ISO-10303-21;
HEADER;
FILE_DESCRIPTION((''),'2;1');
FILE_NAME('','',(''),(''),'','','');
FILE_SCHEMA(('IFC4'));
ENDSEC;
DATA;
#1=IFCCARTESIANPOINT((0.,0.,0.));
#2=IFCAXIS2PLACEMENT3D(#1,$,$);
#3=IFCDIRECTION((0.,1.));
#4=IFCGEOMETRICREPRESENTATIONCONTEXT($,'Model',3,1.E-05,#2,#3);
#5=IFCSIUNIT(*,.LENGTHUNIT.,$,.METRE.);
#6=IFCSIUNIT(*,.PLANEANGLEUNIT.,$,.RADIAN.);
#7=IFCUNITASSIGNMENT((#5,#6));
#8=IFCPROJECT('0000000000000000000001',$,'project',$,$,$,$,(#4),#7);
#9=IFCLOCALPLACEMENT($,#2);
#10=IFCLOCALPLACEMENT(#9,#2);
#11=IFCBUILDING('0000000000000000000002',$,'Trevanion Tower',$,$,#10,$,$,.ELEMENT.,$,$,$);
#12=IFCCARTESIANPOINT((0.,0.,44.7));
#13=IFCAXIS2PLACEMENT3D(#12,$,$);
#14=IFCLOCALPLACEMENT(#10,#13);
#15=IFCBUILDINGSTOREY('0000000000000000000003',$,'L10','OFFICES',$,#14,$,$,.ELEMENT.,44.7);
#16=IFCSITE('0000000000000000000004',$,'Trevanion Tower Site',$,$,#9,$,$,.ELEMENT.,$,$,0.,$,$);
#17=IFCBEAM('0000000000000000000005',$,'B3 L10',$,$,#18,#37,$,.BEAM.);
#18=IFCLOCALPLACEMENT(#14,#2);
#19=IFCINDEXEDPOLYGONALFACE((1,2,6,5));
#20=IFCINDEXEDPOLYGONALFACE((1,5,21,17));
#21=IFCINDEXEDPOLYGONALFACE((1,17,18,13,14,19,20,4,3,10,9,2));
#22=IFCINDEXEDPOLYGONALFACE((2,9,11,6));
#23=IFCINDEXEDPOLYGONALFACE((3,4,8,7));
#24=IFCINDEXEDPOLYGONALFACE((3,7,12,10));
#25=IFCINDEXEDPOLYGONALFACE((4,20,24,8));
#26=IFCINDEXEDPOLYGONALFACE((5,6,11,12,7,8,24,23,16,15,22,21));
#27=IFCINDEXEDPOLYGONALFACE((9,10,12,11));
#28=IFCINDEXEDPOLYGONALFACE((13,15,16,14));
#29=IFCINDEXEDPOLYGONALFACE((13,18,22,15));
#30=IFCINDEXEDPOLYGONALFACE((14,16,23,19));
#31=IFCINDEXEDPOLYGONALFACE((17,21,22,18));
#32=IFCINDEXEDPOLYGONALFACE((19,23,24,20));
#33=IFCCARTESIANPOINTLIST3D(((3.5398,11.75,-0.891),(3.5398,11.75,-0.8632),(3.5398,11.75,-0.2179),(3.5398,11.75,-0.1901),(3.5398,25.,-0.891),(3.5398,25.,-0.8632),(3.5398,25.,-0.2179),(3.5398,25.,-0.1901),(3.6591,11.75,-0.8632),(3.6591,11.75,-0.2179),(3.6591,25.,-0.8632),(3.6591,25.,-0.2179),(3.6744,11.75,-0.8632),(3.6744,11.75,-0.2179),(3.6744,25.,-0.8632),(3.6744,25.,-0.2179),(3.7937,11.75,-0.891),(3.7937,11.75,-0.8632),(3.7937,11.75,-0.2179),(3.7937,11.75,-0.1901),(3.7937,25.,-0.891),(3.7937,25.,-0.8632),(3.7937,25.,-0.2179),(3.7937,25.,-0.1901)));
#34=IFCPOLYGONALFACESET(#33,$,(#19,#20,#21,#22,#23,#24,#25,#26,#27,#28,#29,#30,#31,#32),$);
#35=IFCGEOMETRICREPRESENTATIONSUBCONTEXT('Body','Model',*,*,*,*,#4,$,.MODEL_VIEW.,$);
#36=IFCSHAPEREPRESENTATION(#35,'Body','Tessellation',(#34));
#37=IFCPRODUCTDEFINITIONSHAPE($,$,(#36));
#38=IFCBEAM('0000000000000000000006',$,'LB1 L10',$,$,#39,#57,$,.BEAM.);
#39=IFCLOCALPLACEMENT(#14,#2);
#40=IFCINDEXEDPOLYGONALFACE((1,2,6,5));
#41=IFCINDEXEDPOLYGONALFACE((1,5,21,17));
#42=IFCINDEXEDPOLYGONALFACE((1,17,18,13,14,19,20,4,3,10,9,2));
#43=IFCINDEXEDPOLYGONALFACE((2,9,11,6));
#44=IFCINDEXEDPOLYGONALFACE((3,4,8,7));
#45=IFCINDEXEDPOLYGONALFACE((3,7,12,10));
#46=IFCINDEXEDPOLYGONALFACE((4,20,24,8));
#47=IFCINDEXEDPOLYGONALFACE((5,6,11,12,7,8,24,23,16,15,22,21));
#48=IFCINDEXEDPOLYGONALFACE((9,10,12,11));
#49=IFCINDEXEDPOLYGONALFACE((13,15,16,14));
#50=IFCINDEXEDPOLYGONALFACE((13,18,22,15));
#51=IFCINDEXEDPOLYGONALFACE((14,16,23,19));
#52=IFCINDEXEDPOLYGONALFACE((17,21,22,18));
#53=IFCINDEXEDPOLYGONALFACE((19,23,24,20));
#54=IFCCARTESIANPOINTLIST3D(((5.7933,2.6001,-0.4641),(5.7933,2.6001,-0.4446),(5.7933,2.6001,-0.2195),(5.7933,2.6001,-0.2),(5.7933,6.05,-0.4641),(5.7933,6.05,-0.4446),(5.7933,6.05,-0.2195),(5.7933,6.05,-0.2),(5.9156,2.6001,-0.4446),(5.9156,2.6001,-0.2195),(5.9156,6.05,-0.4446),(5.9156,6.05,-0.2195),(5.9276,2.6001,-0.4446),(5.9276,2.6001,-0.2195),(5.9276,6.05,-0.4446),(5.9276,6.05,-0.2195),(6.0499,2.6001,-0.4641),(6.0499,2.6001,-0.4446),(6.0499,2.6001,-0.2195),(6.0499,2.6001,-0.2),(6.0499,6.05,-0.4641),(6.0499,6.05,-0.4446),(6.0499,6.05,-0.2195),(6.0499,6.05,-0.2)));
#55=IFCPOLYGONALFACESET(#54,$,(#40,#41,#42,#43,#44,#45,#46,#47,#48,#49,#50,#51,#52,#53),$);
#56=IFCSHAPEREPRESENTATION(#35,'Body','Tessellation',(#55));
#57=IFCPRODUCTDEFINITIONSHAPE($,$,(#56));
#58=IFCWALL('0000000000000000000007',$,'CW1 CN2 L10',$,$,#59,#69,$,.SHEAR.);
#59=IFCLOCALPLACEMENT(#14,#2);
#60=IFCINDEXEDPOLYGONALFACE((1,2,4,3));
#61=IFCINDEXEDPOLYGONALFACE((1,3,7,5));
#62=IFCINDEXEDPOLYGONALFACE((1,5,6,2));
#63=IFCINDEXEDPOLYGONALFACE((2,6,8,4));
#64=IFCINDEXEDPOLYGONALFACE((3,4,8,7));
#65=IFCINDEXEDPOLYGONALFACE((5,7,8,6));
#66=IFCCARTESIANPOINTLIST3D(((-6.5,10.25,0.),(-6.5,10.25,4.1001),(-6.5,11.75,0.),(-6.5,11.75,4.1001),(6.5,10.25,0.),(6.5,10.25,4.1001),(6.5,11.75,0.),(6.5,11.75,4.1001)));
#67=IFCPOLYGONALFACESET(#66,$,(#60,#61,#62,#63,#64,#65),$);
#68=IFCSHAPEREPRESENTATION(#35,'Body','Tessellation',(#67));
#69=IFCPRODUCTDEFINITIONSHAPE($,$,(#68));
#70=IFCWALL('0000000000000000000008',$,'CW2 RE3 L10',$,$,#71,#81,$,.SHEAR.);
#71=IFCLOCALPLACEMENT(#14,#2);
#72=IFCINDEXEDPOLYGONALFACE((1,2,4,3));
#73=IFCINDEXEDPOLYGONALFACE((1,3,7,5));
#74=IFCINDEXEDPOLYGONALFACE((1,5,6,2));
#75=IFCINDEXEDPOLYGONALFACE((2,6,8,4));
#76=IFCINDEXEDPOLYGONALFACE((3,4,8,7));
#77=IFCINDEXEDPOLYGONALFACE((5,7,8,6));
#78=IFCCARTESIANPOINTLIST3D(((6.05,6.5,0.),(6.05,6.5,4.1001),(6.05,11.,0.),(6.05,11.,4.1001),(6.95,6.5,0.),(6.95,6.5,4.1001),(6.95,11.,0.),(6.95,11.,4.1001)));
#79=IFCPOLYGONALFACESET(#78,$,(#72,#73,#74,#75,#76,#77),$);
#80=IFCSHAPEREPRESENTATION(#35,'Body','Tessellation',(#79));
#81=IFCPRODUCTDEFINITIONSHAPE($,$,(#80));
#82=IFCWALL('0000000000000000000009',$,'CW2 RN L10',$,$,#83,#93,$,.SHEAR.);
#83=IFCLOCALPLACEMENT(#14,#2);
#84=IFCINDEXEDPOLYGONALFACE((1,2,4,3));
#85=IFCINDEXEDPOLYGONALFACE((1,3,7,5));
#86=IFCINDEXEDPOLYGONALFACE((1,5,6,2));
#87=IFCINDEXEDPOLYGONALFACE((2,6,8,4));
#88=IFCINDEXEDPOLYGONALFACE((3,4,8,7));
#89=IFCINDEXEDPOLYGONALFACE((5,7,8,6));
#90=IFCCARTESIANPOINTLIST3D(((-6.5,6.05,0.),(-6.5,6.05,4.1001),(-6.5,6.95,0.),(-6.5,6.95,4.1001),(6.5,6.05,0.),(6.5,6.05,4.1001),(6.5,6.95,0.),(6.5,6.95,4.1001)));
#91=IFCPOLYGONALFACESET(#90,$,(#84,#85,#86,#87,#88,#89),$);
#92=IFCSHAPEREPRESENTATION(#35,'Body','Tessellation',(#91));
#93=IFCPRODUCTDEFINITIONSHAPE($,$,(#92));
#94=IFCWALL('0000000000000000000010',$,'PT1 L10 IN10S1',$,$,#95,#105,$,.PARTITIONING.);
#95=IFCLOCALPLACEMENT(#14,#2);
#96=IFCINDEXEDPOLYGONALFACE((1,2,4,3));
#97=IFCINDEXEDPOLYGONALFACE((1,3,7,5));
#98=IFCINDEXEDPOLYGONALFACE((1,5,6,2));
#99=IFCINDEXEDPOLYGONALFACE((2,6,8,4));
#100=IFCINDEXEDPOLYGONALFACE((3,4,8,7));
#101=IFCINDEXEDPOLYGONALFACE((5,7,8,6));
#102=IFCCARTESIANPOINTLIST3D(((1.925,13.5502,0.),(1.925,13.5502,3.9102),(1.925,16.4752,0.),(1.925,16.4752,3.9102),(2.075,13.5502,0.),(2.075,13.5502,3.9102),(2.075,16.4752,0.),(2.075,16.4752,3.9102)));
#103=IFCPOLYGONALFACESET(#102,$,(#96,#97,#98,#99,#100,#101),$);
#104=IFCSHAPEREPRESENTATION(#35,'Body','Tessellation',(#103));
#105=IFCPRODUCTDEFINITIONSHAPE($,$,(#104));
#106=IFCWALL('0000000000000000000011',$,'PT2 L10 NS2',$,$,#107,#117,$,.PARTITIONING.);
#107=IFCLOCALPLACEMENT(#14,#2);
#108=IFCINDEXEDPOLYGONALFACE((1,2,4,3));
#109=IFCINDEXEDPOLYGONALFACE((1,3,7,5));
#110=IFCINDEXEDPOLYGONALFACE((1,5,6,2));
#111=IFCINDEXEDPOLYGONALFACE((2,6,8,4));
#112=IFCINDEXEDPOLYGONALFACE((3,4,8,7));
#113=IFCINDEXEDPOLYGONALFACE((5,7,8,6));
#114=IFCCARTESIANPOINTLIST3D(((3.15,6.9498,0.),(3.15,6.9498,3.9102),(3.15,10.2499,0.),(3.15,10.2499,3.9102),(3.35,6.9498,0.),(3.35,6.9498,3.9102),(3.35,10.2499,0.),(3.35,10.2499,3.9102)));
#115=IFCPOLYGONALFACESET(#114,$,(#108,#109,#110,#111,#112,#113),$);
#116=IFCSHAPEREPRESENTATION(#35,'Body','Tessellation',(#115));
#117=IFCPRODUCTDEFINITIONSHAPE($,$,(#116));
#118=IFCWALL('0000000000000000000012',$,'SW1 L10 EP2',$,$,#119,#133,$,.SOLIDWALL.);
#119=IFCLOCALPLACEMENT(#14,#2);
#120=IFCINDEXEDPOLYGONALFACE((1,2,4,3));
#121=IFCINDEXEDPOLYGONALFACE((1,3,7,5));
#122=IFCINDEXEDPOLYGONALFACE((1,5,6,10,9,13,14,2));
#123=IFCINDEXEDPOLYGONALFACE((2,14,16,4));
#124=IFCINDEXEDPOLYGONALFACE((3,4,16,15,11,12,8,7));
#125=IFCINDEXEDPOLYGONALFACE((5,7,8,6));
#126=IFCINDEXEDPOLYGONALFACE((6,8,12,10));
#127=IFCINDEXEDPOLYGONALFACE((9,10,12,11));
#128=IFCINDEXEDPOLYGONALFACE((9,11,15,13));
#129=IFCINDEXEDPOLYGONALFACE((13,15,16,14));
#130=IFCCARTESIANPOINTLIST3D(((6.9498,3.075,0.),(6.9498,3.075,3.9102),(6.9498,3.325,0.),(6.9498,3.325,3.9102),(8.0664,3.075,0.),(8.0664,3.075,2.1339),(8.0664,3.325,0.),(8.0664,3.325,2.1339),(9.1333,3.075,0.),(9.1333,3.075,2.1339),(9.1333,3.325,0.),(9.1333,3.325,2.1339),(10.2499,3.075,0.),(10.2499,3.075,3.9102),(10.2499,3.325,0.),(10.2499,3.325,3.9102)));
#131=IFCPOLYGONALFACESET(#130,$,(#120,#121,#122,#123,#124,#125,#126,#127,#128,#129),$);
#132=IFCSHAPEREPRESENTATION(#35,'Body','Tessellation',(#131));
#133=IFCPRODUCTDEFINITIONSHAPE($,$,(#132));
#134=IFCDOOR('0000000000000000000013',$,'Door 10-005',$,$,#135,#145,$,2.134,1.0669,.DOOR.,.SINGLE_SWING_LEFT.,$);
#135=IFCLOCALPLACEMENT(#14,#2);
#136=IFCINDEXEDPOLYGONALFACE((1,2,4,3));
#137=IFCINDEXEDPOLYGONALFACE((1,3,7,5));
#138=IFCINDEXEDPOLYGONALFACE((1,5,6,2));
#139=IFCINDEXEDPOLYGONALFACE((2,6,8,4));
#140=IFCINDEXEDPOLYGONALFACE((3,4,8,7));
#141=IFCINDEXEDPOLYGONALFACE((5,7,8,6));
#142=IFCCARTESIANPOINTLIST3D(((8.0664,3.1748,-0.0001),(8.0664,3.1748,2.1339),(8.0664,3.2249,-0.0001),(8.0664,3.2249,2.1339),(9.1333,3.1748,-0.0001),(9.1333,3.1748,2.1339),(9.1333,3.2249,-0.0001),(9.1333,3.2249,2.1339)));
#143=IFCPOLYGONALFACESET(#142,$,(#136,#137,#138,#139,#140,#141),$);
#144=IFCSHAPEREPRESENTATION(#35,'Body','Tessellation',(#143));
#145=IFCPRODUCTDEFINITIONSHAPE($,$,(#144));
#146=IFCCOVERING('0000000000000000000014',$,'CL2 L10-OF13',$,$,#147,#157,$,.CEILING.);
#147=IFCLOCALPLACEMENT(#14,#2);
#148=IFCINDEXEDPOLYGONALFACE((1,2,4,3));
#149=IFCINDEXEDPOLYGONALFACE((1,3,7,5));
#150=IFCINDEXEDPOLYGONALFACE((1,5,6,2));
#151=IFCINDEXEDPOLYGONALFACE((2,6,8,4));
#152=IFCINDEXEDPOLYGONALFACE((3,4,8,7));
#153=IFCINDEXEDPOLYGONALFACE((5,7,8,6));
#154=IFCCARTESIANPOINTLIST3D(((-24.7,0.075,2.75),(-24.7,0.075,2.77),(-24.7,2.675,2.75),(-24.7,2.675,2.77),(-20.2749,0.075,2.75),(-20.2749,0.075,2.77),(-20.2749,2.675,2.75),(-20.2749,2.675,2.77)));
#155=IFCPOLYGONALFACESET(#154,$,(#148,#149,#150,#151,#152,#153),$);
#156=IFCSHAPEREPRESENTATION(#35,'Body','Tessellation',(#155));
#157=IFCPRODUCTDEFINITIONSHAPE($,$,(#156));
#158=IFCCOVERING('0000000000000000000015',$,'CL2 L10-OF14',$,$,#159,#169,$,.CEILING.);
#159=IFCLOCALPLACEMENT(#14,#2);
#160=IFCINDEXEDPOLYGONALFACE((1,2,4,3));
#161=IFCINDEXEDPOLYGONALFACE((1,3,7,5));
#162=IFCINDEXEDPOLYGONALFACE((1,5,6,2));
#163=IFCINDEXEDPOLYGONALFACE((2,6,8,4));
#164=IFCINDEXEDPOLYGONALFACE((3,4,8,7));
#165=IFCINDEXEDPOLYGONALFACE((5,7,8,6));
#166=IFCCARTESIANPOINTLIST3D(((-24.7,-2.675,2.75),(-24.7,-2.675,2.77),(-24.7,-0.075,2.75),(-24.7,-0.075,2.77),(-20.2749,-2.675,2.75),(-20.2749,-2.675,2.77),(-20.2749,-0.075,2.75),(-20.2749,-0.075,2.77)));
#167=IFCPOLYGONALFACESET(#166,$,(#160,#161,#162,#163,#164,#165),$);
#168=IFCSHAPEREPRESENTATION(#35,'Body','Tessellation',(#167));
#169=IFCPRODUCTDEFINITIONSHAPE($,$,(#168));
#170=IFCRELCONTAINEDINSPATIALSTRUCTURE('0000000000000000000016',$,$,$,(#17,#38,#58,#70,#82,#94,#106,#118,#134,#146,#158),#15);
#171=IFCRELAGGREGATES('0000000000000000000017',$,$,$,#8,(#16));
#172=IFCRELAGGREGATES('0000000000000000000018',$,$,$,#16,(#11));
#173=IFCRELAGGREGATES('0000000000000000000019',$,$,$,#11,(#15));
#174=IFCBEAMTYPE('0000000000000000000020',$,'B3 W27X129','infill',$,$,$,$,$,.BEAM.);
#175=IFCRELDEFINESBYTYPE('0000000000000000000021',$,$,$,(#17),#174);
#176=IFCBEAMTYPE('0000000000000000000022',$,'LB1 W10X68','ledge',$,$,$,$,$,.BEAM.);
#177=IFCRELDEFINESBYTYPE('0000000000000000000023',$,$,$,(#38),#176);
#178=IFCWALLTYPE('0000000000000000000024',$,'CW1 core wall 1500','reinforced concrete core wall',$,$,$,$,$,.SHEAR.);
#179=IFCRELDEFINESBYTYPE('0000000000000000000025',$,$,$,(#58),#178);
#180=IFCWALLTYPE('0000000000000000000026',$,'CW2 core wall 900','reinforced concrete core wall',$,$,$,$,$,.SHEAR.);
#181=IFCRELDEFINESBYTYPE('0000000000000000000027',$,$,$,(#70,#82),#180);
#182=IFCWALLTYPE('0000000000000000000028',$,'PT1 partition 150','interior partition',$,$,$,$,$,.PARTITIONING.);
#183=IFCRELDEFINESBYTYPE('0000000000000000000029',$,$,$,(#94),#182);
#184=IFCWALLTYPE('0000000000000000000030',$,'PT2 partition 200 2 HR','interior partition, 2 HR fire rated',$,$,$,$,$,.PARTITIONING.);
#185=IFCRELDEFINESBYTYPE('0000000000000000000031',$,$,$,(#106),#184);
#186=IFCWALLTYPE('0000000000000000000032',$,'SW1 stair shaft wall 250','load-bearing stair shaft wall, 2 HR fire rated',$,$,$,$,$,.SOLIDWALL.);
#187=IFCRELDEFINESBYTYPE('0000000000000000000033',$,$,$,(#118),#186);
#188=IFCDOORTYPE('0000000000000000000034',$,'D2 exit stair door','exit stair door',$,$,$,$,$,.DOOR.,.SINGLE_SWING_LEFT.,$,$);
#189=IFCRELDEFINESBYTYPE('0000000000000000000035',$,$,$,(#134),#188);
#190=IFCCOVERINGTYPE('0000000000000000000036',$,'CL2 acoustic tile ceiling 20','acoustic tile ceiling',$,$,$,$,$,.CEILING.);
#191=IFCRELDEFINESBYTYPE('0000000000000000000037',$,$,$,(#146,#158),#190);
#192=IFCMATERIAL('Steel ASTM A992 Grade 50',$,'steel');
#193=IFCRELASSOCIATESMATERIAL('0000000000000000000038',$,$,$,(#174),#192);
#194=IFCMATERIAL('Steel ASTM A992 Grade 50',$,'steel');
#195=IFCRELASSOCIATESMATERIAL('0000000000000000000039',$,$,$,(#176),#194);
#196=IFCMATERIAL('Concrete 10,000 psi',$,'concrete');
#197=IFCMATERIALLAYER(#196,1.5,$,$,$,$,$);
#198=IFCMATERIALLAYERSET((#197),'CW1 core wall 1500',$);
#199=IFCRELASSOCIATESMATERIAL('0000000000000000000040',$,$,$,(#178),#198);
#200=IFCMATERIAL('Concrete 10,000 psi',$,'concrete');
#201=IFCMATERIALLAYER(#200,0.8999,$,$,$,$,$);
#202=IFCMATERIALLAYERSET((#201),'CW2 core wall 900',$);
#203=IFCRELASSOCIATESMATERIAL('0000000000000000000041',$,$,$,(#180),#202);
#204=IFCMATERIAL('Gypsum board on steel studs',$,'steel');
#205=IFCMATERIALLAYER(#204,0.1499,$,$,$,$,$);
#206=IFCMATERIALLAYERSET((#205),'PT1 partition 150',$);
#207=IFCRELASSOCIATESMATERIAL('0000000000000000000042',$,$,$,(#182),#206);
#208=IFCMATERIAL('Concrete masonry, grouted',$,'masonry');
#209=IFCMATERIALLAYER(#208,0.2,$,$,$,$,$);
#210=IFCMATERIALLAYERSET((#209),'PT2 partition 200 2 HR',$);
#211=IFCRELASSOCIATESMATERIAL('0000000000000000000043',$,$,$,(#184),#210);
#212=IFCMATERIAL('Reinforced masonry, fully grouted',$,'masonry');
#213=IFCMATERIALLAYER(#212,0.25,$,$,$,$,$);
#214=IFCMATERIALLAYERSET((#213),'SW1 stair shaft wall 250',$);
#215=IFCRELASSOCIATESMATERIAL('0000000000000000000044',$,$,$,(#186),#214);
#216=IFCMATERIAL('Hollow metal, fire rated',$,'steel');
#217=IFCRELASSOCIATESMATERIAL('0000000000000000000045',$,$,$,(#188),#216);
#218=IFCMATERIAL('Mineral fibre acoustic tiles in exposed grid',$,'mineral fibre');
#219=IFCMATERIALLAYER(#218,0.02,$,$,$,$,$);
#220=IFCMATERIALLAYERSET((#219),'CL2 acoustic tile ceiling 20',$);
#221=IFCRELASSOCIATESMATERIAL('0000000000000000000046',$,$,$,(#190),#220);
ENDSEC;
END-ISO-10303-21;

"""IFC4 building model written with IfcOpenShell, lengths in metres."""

from ifc_helpers import new_model, si_unit, direction, frame, frame_2d, origin, origin_2d, place, context, subcontext, project, spatial, polyline, rectangle, i_section, outline, extrude, material, layer, layer_set, material_profile, profile_set, type_object, element, fill, save


model = new_model("IFC4")

# Units and contexts
model_context = context("Model", 3, precision=1e-05, world=origin(), true_north=direction((0.0, 1.0)))
body_context = subcontext(model_context, "Body", "Model", "MODEL_VIEW")
ifc_project = project(units=[si_unit("LENGTHUNIT", "METRE"), si_unit("PLANEANGLEUNIT", "RADIAN")], contexts=[model_context])

# Site, building, storey
site_placement = place(None, origin())
site = spatial("IfcSite", under=ifc_project, at=site_placement, Name="Trevanion Tower Site", CompositionType="ELEMENT", RefElevation=0.0)
building_placement = place(site_placement, origin())
building = spatial("IfcBuilding", under=site, at=building_placement, Name="Trevanion Tower", CompositionType="ELEMENT")
storey_placement = place(building_placement, frame((0.0, 0.0, 44.7)))
storey = spatial("IfcBuildingStorey", under=building, at=storey_placement, Name="L10", Description="OFFICES", CompositionType="ELEMENT", Elevation=44.7)

# Beams
ifc_material_1 = material(Name="Steel ASTM A992 Grade 50", Category="steel")
ifc_material_profile_1 = material_profile(ifc_material_1, i_section(OverallWidth=0.2539, OverallDepth=0.7009, WebThickness=0.0154, FlangeThickness=0.0278, at=origin_2d()), Name="W27X129")
ifc_profile_set_1 = profile_set([ifc_material_profile_1], Name="Steel ASTM A992 Grade 50")
beam_type_1 = type_object("IfcBeamType", Name="B3 W27X129", Description="infill", PredefinedType="BEAM", material=ifc_profile_set_1)
beam_1_placement = place(storey_placement, frame((3.6667, 11.75, -0.5405), z_axis=(0.0, 1.0, 0.0), x_axis=(-1.0, 0.0, 0.0)))
element("IfcBeam", 1, at=beam_1_placement, inside=storey, type_object=beam_type_1, Name="B3 L10", PredefinedType="BEAM", context=body_context, shape_type="SweptSolid", body=[
    extrude(i_section(OverallWidth=0.2539, OverallDepth=0.7009, WebThickness=0.0154, FlangeThickness=0.0278, at=origin_2d()), origin(), (0.0, 0.0, 1.0), 13.25),
])
ifc_material_2 = material(Name="Steel ASTM A992 Grade 50", Category="steel")
ifc_material_profile_2 = material_profile(ifc_material_2, i_section(OverallWidth=0.2566, OverallDepth=0.2642, WebThickness=0.012, FlangeThickness=0.0195, at=origin_2d()), Name="W10X68")
ifc_profile_set_2 = profile_set([ifc_material_profile_2], Name="Steel ASTM A992 Grade 50")
beam_type_2 = type_object("IfcBeamType", Name="LB1 W10X68", Description="ledge", PredefinedType="BEAM", material=ifc_profile_set_2)
beam_2_placement = place(storey_placement, frame((5.9216, 2.6001, -0.332), z_axis=(0.0, 1.0, 0.0), x_axis=(-1.0, 0.0, 0.0)))
element("IfcBeam", 2, at=beam_2_placement, inside=storey, type_object=beam_type_2, Name="LB1 L10", PredefinedType="BEAM", context=body_context, shape_type="SweptSolid", body=[
    extrude(i_section(OverallWidth=0.2566, OverallDepth=0.2642, WebThickness=0.012, FlangeThickness=0.0195, at=origin_2d()), origin(), (0.0, 0.0, 1.0), 3.45),
])

# Walls
ifc_material_3 = material(Name="Concrete 10,000 psi", Category="concrete")
ifc_layer_1 = layer(ifc_material_3, 1.5)
ifc_layer_set_1 = layer_set([ifc_layer_1], Name="CW1 core wall 1500")
wall_type_1 = type_object("IfcWallType", Name="CW1 core wall 1500", Description="reinforced concrete core wall", PredefinedType="SHEAR", material=ifc_layer_set_1)
wall_1_placement = place(storey_placement, frame((6.5, 11.0, 0.0), z_axis=(0.0, 0.0, 1.0), x_axis=(-1.0, 0.0, 0.0)))
element("IfcWall", 3, at=wall_1_placement, inside=storey, type_object=wall_type_1, Name="CW1 CN2 L10", PredefinedType="SHEAR", context=body_context, shape_type="SweptSolid", body=[
    extrude(rectangle(XDim=13.0, YDim=1.5, at=frame_2d((6.5, 0.0))), origin(), (0.0, 0.0, 1.0), 4.1001),
])
ifc_material_4 = material(Name="Concrete 10,000 psi", Category="concrete")
ifc_layer_2 = layer(ifc_material_4, 0.8999)
ifc_layer_set_2 = layer_set([ifc_layer_2], Name="CW2 core wall 900")
wall_type_2 = type_object("IfcWallType", Name="CW2 core wall 900", Description="reinforced concrete core wall", PredefinedType="SHEAR", material=ifc_layer_set_2)
wall_2_placement = place(storey_placement, frame((6.5, 6.5, 0.0), z_axis=(0.0, 0.0, 1.0), x_axis=(0.0, 1.0, 0.0)))
element("IfcWall", 4, at=wall_2_placement, inside=storey, type_object=wall_type_2, Name="CW2 RE3 L10", PredefinedType="SHEAR", context=body_context, shape_type="SweptSolid", body=[
    extrude(rectangle(XDim=4.5, YDim=0.8999, at=frame_2d((2.25, 0.0))), origin(), (0.0, 0.0, 1.0), 4.1001),
])
wall_3_placement = place(storey_placement, frame((6.5, 6.5, 0.0), z_axis=(0.0, 0.0, 1.0), x_axis=(-1.0, 0.0, 0.0)))
element("IfcWall", 5, at=wall_3_placement, inside=storey, type_object=wall_type_2, Name="CW2 RN L10", PredefinedType="SHEAR", context=body_context, shape_type="SweptSolid", body=[
    extrude(rectangle(XDim=13.0, YDim=0.8999, at=frame_2d((6.5, 0.0))), origin(), (0.0, 0.0, 1.0), 4.1001),
])
ifc_material_5 = material(Name="Gypsum board on steel studs", Category="steel")
ifc_layer_3 = layer(ifc_material_5, 0.1499)
ifc_layer_set_3 = layer_set([ifc_layer_3], Name="PT1 partition 150")
wall_type_3 = type_object("IfcWallType", Name="PT1 partition 150", Description="interior partition", PredefinedType="PARTITIONING", material=ifc_layer_set_3)
wall_4_placement = place(storey_placement, frame((2.0, 16.4751, 0.0), z_axis=(0.0, 0.0, 1.0), x_axis=(0.0, -1.0, 0.0)))
element("IfcWall", 6, at=wall_4_placement, inside=storey, type_object=wall_type_3, Name="PT1 L10 IN10S1", PredefinedType="PARTITIONING", context=body_context, shape_type="SweptSolid", body=[
    extrude(rectangle(XDim=2.925, YDim=0.1499, at=frame_2d((1.4624, 0.0))), origin(), (0.0, 0.0, 1.0), 3.9102),
])
ifc_material_6 = material(Name="Concrete masonry, grouted", Category="masonry")
ifc_layer_4 = layer(ifc_material_6, 0.2)
ifc_layer_set_4 = layer_set([ifc_layer_4], Name="PT2 partition 200 2 HR")
wall_type_4 = type_object("IfcWallType", Name="PT2 partition 200 2 HR", Description="interior partition, 2 HR fire rated", PredefinedType="PARTITIONING", material=ifc_layer_set_4)
wall_5_placement = place(storey_placement, frame((3.25, 6.95, 0.0), z_axis=(0.0, 0.0, 1.0), x_axis=(0.0, 1.0, 0.0)))
element("IfcWall", 7, at=wall_5_placement, inside=storey, type_object=wall_type_4, Name="PT2 L10 NS2", PredefinedType="PARTITIONING", context=body_context, shape_type="SweptSolid", body=[
    extrude(rectangle(XDim=3.3, YDim=0.2, at=frame_2d((1.6499, 0.0))), origin(), (0.0, 0.0, 1.0), 3.9102),
])

# Wall, opening, door
ifc_material_7 = material(Name="Reinforced masonry, fully grouted", Category="masonry")
ifc_layer_5 = layer(ifc_material_7, 0.25)
ifc_layer_set_5 = layer_set([ifc_layer_5], Name="SW1 stair shaft wall 250")
wall_type_5 = type_object("IfcWallType", Name="SW1 stair shaft wall 250", Description="load-bearing stair shaft wall, 2 HR fire rated", PredefinedType="SOLIDWALL", material=ifc_layer_set_5)
wall_6_placement = place(storey_placement, frame((6.95, 3.2, 0.0), z_axis=(0.0, 0.0, 1.0), x_axis=(1.0, 0.0, 0.0)))
wall_6 = element("IfcWall", 8, at=wall_6_placement, inside=storey, type_object=wall_type_5, Name="SW1 L10 EP2", PredefinedType="SOLIDWALL", context=body_context, shape_type="SweptSolid", body=[
    extrude(rectangle(XDim=3.3, YDim=0.25, at=frame_2d((1.6499, 0.0))), origin(), (0.0, 0.0, 1.0), 3.9102),
])
opening_placement = place(wall_6_placement, frame((1.1165, 0.0, 0.0)))
opening = element("IfcOpeningElement", 9, at=opening_placement, cuts=wall_6, PredefinedType="OPENING", context=body_context, shape_type="SweptSolid", body=[
    extrude(rectangle(XDim=1.0669, YDim=2.134, at=frame_2d((0.5334, 1.0669))), frame((0.0, 0.135, 0.0), z_axis=(0.0, -1.0, 0.0), x_axis=(1.0, 0.0, 0.0)), (0.0, 0.0, 1.0), 0.27),
])
ifc_material_8 = material(Name="Hollow metal, fire rated", Category="steel")
door_type = type_object("IfcDoorType", Name="D2 exit stair door", Description="exit stair door", OperationType="SINGLE_SWING_LEFT", PredefinedType="DOOR", material=ifc_material_8)
door_placement = place(opening_placement, origin())
door = element("IfcDoor", 10, at=door_placement, inside=storey, type_object=door_type, Name="Door 10-005", OperationType="SINGLE_SWING_LEFT", OverallHeight=2.134, OverallWidth=1.0669, PredefinedType="DOOR", context=body_context, shape_type="SweptSolid", body=[
    extrude(rectangle(XDim=1.0669, YDim=2.134, at=frame_2d((0.5334, 1.0669))), frame((0.0, 0.0249, 0.0), z_axis=(0.0, -1.0, 0.0), x_axis=(1.0, 0.0, 0.0)), (0.0, 0.0, 1.0), 0.05),
])
fill(opening, door)

# Coverings
ifc_material_9 = material(Name="Mineral fibre acoustic tiles in exposed grid", Category="mineral fibre")
ifc_layer_6 = layer(ifc_material_9, 0.02)
ifc_layer_set_6 = layer_set([ifc_layer_6], Name="CL2 acoustic tile ceiling 20")
covering_type_1 = type_object("IfcCoveringType", Name="CL2 acoustic tile ceiling 20", Description="acoustic tile ceiling", PredefinedType="CEILING", material=ifc_layer_set_6)
covering_1_placement = place(storey_placement, frame((0.0, 0.0, 2.75)))
element("IfcCovering", 11, at=covering_1_placement, inside=storey, type_object=covering_type_1, Name="CL2 L10-OF13", PredefinedType="CEILING", context=body_context, shape_type="SweptSolid", body=[
    extrude(outline(polyline([(-20.2749, 2.675), (-20.2749, 0.075), (-24.7, 0.075), (-24.7, 2.675), (-20.2749, 2.675)])), origin(), (0.0, 0.0, 1.0), 0.02),
])
covering_2_placement = place(storey_placement, frame((0.0, 0.0, 2.75)))
element("IfcCovering", 12, at=covering_2_placement, inside=storey, type_object=covering_type_1, Name="CL2 L10-OF14", PredefinedType="CEILING", context=body_context, shape_type="SweptSolid", body=[
    extrude(outline(polyline([(-20.2749, -0.075), (-20.2749, -2.675), (-24.7, -2.675), (-24.7, -0.075), (-20.2749, -0.075)])), origin(), (0.0, 0.0, 1.0), 0.02),
])

save(model, "model.ifc")
